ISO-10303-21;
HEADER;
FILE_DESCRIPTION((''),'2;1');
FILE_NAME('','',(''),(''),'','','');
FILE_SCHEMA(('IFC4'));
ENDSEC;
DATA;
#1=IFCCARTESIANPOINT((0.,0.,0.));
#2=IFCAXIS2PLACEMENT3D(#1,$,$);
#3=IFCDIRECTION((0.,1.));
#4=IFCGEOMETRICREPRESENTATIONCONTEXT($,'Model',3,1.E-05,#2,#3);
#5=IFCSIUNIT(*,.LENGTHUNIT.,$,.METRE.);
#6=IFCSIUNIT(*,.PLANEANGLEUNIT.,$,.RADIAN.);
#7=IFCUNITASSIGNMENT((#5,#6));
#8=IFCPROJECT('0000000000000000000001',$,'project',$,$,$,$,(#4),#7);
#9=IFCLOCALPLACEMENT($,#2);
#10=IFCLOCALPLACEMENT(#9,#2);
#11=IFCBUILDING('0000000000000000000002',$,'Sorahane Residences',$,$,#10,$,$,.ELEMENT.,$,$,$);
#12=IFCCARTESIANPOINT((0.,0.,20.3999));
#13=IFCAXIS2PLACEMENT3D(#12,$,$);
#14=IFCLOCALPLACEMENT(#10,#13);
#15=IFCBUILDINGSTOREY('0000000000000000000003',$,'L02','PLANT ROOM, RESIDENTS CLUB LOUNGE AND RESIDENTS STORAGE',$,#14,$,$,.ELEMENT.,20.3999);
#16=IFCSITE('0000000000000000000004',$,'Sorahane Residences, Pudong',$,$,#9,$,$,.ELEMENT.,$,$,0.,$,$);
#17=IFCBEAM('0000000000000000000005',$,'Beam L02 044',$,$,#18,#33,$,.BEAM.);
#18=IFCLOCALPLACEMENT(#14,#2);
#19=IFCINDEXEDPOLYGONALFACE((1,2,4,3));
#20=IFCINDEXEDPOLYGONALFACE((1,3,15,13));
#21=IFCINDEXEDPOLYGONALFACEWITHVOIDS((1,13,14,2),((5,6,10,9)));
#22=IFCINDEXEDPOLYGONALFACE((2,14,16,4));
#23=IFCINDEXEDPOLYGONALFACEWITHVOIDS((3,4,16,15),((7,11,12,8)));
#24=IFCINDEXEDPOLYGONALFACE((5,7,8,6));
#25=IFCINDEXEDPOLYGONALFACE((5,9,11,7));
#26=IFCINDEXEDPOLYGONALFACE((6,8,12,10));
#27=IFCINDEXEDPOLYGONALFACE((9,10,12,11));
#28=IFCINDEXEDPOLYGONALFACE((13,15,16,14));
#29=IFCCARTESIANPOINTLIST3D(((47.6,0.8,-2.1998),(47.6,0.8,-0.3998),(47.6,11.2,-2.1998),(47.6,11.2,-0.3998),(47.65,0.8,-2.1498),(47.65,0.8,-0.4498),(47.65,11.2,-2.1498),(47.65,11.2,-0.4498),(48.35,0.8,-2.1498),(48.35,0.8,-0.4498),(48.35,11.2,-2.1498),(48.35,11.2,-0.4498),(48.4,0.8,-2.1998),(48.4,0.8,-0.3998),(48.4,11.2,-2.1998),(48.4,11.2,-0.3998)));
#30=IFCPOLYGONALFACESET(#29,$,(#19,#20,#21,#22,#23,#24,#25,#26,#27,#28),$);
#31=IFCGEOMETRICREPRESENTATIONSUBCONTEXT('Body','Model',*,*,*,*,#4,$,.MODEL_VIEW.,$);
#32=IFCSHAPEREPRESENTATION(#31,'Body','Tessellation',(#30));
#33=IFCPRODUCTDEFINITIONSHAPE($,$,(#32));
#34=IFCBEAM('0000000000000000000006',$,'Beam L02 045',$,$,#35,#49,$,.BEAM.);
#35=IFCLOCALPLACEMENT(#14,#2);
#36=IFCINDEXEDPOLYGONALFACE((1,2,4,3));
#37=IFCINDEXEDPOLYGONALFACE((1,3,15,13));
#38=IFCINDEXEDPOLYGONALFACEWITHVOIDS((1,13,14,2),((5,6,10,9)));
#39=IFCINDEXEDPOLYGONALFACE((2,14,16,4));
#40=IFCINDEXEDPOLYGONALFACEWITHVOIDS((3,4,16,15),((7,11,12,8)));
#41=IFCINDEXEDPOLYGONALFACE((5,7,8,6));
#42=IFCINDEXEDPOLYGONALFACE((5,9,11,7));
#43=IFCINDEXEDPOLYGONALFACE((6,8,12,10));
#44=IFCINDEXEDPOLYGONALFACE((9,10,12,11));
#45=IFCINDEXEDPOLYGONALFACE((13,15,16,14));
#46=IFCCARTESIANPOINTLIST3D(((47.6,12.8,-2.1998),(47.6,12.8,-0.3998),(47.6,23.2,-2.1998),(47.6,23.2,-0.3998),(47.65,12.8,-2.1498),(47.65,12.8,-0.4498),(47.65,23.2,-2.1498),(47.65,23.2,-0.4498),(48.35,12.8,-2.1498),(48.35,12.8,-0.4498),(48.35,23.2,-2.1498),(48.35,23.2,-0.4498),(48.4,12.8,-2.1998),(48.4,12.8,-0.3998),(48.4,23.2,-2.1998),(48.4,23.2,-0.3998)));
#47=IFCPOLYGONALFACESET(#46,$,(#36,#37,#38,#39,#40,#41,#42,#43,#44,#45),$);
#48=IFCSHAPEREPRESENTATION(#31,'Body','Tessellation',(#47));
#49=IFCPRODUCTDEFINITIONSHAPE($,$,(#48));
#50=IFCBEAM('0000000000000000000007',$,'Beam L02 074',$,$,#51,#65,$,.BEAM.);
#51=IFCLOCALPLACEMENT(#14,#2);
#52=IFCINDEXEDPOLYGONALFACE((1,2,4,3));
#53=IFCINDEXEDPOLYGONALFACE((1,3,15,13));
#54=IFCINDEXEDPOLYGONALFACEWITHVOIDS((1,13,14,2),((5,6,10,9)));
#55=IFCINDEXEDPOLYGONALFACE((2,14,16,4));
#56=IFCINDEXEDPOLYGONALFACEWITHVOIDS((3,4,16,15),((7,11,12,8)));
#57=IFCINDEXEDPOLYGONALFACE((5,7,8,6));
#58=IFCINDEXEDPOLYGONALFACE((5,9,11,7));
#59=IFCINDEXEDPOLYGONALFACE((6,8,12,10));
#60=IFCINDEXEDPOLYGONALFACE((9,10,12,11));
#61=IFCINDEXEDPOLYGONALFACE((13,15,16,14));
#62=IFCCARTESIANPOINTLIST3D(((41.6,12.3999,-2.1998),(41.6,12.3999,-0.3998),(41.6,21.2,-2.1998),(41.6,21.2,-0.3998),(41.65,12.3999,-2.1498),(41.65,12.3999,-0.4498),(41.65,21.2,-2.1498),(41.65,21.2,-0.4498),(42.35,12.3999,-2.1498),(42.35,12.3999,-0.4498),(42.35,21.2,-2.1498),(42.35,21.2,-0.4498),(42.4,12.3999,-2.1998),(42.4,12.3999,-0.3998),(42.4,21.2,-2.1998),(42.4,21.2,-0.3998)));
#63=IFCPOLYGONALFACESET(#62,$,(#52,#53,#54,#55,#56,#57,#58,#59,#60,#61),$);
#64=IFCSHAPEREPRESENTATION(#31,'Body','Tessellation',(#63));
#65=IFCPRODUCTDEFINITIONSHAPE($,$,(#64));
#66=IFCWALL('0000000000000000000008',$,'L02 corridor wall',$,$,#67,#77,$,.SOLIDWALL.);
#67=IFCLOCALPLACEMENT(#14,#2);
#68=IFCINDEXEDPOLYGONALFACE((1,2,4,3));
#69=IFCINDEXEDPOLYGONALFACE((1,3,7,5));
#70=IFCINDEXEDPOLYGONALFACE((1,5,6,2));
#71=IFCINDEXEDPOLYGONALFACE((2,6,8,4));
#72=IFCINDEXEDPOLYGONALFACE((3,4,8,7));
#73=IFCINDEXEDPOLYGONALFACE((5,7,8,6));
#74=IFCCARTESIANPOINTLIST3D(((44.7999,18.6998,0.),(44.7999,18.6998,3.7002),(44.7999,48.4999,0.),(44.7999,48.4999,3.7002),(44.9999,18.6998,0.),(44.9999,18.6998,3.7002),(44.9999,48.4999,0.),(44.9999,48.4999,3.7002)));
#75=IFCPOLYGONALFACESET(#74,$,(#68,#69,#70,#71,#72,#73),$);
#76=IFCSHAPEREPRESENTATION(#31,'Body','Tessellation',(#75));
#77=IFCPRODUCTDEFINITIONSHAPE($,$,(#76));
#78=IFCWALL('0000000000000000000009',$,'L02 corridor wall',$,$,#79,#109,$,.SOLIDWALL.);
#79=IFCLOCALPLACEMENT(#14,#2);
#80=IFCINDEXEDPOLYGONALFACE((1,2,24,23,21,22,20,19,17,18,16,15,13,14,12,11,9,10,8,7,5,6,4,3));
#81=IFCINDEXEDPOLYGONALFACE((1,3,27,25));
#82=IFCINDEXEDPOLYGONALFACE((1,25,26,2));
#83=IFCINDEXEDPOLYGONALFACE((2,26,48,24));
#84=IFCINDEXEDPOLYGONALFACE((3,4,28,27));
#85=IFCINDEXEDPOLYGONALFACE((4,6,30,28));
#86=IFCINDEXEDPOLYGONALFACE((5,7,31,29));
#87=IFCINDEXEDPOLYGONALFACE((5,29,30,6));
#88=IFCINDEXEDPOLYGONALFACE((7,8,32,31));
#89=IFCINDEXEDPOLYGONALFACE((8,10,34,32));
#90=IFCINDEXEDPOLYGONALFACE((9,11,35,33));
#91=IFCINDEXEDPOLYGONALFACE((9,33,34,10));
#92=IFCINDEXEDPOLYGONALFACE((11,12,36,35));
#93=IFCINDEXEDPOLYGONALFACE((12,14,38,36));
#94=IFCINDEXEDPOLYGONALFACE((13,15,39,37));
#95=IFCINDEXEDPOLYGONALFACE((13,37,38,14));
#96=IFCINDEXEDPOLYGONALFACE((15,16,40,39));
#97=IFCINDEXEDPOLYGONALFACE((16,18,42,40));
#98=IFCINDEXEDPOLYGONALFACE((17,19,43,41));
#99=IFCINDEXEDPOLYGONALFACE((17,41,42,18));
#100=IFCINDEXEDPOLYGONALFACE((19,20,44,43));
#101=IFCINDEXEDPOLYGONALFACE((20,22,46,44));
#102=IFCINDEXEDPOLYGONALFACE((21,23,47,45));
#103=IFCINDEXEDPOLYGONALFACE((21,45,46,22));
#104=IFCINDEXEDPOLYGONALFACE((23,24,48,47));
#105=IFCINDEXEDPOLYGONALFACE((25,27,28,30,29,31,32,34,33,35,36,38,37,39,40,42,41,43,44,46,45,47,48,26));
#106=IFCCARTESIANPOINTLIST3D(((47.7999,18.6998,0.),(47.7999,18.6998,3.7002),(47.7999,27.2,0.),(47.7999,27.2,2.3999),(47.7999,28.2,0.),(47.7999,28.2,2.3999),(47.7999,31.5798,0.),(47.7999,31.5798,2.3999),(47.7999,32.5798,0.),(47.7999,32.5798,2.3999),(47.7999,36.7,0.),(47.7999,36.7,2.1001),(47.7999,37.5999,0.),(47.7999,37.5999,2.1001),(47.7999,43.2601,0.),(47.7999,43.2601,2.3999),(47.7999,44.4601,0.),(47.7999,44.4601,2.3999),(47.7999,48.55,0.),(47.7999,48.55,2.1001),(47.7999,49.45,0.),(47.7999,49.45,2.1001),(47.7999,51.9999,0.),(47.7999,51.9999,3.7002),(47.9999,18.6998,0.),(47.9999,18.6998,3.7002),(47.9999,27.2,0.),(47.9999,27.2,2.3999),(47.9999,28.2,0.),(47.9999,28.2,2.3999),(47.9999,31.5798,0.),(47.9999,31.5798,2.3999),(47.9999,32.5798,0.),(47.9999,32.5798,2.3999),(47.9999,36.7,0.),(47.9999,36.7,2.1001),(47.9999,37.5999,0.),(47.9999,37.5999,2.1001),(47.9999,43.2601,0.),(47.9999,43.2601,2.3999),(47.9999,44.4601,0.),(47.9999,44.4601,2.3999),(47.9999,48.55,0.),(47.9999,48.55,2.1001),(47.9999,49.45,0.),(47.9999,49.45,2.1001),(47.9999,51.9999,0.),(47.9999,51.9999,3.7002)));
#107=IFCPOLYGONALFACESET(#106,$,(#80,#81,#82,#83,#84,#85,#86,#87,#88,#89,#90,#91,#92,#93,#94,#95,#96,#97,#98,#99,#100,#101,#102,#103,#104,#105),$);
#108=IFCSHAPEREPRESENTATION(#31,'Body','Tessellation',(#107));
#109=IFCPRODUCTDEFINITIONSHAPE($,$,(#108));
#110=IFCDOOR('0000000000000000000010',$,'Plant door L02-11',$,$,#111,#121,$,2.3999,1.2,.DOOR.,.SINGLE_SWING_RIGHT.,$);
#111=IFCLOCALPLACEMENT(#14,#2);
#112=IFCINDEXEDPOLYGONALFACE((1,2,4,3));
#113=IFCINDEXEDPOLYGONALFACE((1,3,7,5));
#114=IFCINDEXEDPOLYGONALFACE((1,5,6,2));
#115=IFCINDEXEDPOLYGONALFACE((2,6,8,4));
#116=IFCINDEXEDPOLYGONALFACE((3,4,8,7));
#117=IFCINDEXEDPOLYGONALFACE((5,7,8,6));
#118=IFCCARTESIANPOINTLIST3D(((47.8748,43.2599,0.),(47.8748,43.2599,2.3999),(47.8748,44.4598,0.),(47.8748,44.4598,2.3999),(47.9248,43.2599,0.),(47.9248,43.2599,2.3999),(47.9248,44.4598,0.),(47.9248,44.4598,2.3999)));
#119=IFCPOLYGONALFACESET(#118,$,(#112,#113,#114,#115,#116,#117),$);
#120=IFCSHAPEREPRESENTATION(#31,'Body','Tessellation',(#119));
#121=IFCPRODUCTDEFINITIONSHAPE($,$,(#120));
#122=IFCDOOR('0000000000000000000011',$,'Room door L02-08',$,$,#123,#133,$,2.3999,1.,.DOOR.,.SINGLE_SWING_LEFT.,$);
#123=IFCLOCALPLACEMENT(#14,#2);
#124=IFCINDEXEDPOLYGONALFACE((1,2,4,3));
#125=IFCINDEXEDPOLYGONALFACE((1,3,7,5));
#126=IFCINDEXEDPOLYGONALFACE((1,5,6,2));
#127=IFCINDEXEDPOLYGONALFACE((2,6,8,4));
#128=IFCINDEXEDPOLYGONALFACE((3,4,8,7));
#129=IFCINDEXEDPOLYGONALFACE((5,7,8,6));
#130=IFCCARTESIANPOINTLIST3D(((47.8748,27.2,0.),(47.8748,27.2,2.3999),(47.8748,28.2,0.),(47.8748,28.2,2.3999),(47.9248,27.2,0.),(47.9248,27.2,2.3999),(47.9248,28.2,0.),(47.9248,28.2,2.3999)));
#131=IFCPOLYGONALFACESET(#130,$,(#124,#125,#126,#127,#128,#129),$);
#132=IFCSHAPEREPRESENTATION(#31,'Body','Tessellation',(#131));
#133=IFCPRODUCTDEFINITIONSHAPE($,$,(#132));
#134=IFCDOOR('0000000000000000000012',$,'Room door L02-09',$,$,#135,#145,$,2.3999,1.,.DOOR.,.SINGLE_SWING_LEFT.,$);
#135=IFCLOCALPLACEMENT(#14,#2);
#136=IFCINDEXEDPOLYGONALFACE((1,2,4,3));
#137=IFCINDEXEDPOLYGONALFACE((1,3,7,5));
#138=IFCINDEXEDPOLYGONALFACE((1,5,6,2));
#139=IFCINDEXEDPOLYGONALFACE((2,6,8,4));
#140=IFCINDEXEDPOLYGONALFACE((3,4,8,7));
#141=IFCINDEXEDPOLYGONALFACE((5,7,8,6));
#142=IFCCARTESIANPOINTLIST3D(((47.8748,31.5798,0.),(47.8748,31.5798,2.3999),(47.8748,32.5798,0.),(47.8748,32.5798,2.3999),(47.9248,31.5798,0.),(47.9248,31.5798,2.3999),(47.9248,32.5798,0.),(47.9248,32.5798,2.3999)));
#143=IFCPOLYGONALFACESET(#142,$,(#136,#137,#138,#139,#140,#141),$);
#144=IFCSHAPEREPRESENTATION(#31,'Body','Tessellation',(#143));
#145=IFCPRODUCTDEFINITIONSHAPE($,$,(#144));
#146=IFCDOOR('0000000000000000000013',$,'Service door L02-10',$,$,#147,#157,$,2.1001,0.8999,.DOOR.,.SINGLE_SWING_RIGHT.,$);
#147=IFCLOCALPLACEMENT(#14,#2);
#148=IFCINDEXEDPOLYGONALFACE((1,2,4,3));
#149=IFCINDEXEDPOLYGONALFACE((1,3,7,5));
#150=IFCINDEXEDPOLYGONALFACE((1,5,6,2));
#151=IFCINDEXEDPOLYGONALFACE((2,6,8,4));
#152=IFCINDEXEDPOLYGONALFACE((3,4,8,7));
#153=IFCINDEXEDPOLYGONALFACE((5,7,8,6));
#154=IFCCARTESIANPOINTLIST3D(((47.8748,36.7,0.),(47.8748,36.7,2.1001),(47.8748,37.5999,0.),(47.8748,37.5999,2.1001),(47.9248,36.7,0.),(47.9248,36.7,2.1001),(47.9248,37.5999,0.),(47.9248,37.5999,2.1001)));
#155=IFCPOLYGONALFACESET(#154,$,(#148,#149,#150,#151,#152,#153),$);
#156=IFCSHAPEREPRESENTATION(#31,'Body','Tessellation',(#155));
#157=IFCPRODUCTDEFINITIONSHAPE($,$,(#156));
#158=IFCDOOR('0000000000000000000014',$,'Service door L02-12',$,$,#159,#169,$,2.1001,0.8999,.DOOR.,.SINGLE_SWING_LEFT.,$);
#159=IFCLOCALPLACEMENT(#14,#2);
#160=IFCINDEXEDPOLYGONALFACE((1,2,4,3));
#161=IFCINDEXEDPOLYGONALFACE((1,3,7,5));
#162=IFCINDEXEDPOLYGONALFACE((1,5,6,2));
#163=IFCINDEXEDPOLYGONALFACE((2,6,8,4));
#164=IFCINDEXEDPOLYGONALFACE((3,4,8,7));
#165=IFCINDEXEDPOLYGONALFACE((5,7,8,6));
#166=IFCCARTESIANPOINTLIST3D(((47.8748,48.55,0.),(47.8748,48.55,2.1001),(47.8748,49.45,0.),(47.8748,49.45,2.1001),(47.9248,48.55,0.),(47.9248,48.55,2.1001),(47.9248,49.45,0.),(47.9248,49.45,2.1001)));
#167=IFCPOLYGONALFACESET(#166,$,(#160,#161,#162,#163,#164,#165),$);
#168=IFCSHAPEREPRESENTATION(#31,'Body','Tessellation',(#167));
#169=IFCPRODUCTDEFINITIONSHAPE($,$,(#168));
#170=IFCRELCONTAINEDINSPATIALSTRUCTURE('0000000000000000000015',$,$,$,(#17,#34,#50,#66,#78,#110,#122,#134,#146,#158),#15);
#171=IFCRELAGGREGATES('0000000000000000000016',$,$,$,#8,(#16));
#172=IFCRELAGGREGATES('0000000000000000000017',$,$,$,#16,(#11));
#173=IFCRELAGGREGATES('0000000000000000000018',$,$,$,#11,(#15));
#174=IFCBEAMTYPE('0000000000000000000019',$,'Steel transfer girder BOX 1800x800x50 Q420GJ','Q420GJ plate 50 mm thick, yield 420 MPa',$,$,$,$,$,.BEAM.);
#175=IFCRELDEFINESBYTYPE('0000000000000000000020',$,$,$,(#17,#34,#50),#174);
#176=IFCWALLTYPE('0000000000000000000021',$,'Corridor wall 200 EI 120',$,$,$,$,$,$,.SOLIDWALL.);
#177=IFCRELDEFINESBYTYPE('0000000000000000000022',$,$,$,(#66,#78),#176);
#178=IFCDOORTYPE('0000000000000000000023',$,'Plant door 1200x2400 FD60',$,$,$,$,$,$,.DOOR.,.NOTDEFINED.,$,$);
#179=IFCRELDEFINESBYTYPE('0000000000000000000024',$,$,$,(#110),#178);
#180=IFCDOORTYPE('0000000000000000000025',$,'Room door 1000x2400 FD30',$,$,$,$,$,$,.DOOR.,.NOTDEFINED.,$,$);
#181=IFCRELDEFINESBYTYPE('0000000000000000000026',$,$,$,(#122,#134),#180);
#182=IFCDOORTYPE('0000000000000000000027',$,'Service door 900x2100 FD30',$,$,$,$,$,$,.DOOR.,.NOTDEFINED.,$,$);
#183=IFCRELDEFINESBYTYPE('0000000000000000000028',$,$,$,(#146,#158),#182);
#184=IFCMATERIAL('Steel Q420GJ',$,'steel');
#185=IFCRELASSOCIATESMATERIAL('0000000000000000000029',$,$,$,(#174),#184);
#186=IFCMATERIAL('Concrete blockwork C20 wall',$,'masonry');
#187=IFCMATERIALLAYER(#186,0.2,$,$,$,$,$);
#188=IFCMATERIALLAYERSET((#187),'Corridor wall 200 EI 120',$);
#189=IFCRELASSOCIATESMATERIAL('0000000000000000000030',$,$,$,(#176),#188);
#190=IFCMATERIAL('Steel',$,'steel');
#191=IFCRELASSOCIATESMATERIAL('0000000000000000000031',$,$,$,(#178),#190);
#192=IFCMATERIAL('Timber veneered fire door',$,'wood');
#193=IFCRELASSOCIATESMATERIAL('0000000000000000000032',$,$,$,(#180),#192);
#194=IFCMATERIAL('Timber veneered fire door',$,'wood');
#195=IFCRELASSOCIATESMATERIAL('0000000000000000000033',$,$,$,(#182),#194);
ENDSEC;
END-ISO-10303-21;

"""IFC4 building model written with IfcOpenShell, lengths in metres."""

from ifc_helpers import new_model, si_unit, direction, frame, frame_2d, origin, origin_2d, place, context, subcontext, project, spatial, rectangle, hollow_rectangle, extrude, material, layer, layer_set, material_profile, profile_set, type_object, element, fill, save


model = new_model("IFC4")

# Units and contexts
model_context = context("Model", 3, precision=1e-05, world=origin(), true_north=direction((0.0, 1.0)))
body_context = subcontext(model_context, "Body", "Model", "MODEL_VIEW")
ifc_project = project(units=[si_unit("LENGTHUNIT", "METRE"), si_unit("PLANEANGLEUNIT", "RADIAN")], contexts=[model_context])

# Site, building, storey
site_placement = place(None, origin())
site = spatial("IfcSite", under=ifc_project, at=site_placement, Name="Sorahane Residences, Pudong", CompositionType="ELEMENT", RefElevation=0.0)
building_placement = place(site_placement, origin())
building = spatial("IfcBuilding", under=site, at=building_placement, Name="Sorahane Residences", CompositionType="ELEMENT")
storey_placement = place(building_placement, frame((0.0, 0.0, 20.3999)))
storey = spatial("IfcBuildingStorey", under=building, at=storey_placement, Name="L02", Description="PLANT ROOM, RESIDENTS CLUB LOUNGE AND RESIDENTS STORAGE", CompositionType="ELEMENT", Elevation=20.3999)

# Beams
ifc_material_1 = material(Name="Steel Q420GJ", Category="steel")
ifc_material_profile_1 = material_profile(ifc_material_1, hollow_rectangle(XDim=0.8, YDim=1.8, WallThickness=0.05, at=origin_2d()), Name="BOX 1800x800x50")
ifc_profile_set_1 = profile_set([ifc_material_profile_1], Name="Steel Q420GJ")
beam_type_1 = type_object("IfcBeamType", Name="Steel transfer girder BOX 1800x800x50 Q420GJ", Description="Q420GJ plate 50 mm thick, yield 420 MPa", PredefinedType="BEAM", material=ifc_profile_set_1)
for number, where, z_axis, x_axis, name in (
    (1, (48.0, 0.8, -1.2998), (0.0, 1.0, 0.0), (-1.0, 0.0, 0.0), "Beam L02 044"),
    (2, (48.0, 12.8, -1.2998), (0.0, 1.0, 0.0), (-1.0, 0.0, 0.0), "Beam L02 045"),
):
    element("IfcBeam", number, at=place(storey_placement, frame(where, z_axis=z_axis, x_axis=x_axis)), inside=storey, type_object=beam_type_1, Name=name, PredefinedType="BEAM", context=body_context, shape_type="SweptSolid", body=[
        extrude(hollow_rectangle(XDim=0.8, YDim=1.8, WallThickness=0.05, at=origin_2d()), origin(), (0.0, 0.0, 1.0), 10.3999),
    ])
beam_1_placement = place(storey_placement, frame((42.0, 12.3999, -1.2998), z_axis=(0.0, 1.0, 0.0), x_axis=(-1.0, 0.0, 0.0)))
element("IfcBeam", 3, at=beam_1_placement, inside=storey, type_object=beam_type_1, Name="Beam L02 074", PredefinedType="BEAM", context=body_context, shape_type="SweptSolid", body=[
    extrude(hollow_rectangle(XDim=0.8, YDim=1.8, WallThickness=0.05, at=origin_2d()), origin(), (0.0, 0.0, 1.0), 8.8),
])

# Wall
ifc_material_2 = material(Name="Concrete blockwork C20 wall", Category="masonry")
ifc_layer = layer(ifc_material_2, 0.2)
ifc_layer_set = layer_set([ifc_layer], Name="Corridor wall 200 EI 120")
wall_type = type_object("IfcWallType", Name="Corridor wall 200 EI 120", PredefinedType="SOLIDWALL", material=ifc_layer_set)
wall_1_placement = place(storey_placement, frame((44.8999, 18.7, 0.0), z_axis=(0.0, 0.0, 1.0), x_axis=(0.0, 1.0, 0.0)))
element("IfcWall", 4, at=wall_1_placement, inside=storey, type_object=wall_type, Name="L02 corridor wall", PredefinedType="SOLIDWALL", context=body_context, shape_type="SweptSolid", body=[
    extrude(rectangle(XDim=29.8, YDim=0.2, at=frame_2d((14.8999, 0.0))), origin(), (0.0, 0.0, 1.0), 3.7002),
])

# Wall, openings, doors
wall_2_placement = place(storey_placement, frame((47.8999, 18.7, 0.0), z_axis=(0.0, 0.0, 1.0), x_axis=(0.0, 1.0, 0.0)))
wall_2 = element("IfcWall", 5, at=wall_2_placement, inside=storey, type_object=wall_type, Name="L02 corridor wall", PredefinedType="SOLIDWALL", context=body_context, shape_type="SweptSolid", body=[
    extrude(rectangle(XDim=33.3, YDim=0.2, at=frame_2d((16.6499, 0.0))), origin(), (0.0, 0.0, 1.0), 3.7002),
])
opening_1_placement = place(wall_2_placement, frame((8.5, 0.0, 0.0)))
opening_1 = element("IfcOpeningElement", 6, at=opening_1_placement, cuts=wall_2, PredefinedType="OPENING", context=body_context, shape_type="SweptSolid", body=[
    extrude(rectangle(XDim=1.0, YDim=2.3999, at=frame_2d((0.5, 1.2))), frame((0.0, 0.1099, 0.0), z_axis=(0.0, -1.0, 0.0), x_axis=(1.0, 0.0, 0.0)), (0.0, 0.0, 1.0), 0.22),
])
opening_2_placement = place(wall_2_placement, frame((12.8799, 0.0, 0.0)))
opening_2 = element("IfcOpeningElement", 7, at=opening_2_placement, cuts=wall_2, PredefinedType="OPENING", context=body_context, shape_type="SweptSolid", body=[
    extrude(rectangle(XDim=1.0, YDim=2.3999, at=frame_2d((0.5, 1.2))), frame((0.0, 0.1099, 0.0), z_axis=(0.0, -1.0, 0.0), x_axis=(1.0, 0.0, 0.0)), (0.0, 0.0, 1.0), 0.22),
])
opening_3_placement = place(wall_2_placement, frame((18.0, 0.0, 0.0)))
opening_3 = element("IfcOpeningElement", 8, at=opening_3_placement, cuts=wall_2, PredefinedType="OPENING", context=body_context, shape_type="SweptSolid", body=[
    extrude(rectangle(XDim=0.8999, YDim=2.1001, at=frame_2d((0.45, 1.05))), frame((0.0, 0.1099, 0.0), z_axis=(0.0, -1.0, 0.0), x_axis=(1.0, 0.0, 0.0)), (0.0, 0.0, 1.0), 0.22),
])
opening_4_placement = place(wall_2_placement, frame((24.5601, 0.0, 0.0)))
opening_4 = element("IfcOpeningElement", 9, at=opening_4_placement, cuts=wall_2, PredefinedType="OPENING", context=body_context, shape_type="SweptSolid", body=[
    extrude(rectangle(XDim=1.2, YDim=2.3999, at=frame_2d((0.6001, 1.2))), frame((0.0, 0.1099, 0.0), z_axis=(0.0, -1.0, 0.0), x_axis=(1.0, 0.0, 0.0)), (0.0, 0.0, 1.0), 0.22),
])
opening_5_placement = place(wall_2_placement, frame((29.8501, 0.0, 0.0)))
opening_5 = element("IfcOpeningElement", 10, at=opening_5_placement, cuts=wall_2, PredefinedType="OPENING", context=body_context, shape_type="SweptSolid", body=[
    extrude(rectangle(XDim=0.8999, YDim=2.1001, at=frame_2d((0.45, 1.05))), frame((0.0, 0.1099, 0.0), z_axis=(0.0, -1.0, 0.0), x_axis=(1.0, 0.0, 0.0)), (0.0, 0.0, 1.0), 0.22),
])
ifc_material_3 = material(Name="Steel", Category="steel")
door_type_1 = type_object("IfcDoorType", Name="Plant door 1200x2400 FD60", OperationType="NOTDEFINED", PredefinedType="DOOR", material=ifc_material_3)
door_1_placement = place(opening_4_placement, frame((1.2, 0.0, 0.0), z_axis=(0.0, 0.0, 1.0), x_axis=(-1.0, 0.0, 0.0)))
door_1 = element("IfcDoor", 11, at=door_1_placement, inside=storey, type_object=door_type_1, Name="Plant door L02-11", OperationType="SINGLE_SWING_RIGHT", OverallHeight=2.3999, OverallWidth=1.2, PredefinedType="DOOR", context=body_context, shape_type="SweptSolid", body=[
    extrude(rectangle(XDim=1.2, YDim=2.3999, at=frame_2d((0.6001, 1.2))), frame((0.0, 0.0249, 0.0), z_axis=(0.0, -1.0, 0.0), x_axis=(1.0, 0.0, 0.0)), (0.0, 0.0, 1.0), 0.05),
])
fill(opening_4, door_1)
ifc_material_4 = material(Name="Timber veneered fire door", Category="wood")
door_type_2 = type_object("IfcDoorType", Name="Room door 1000x2400 FD30", OperationType="NOTDEFINED", PredefinedType="DOOR", material=ifc_material_4)
door_2_placement = place(opening_1_placement, frame((1.0, 0.0, 0.0), z_axis=(0.0, 0.0, 1.0), x_axis=(-1.0, 0.0, 0.0)))
door_2 = element("IfcDoor", 12, at=door_2_placement, inside=storey, type_object=door_type_2, Name="Room door L02-08", OperationType="SINGLE_SWING_LEFT", OverallHeight=2.3999, OverallWidth=1.0, PredefinedType="DOOR", context=body_context, shape_type="SweptSolid", body=[
    extrude(rectangle(XDim=1.0, YDim=2.3999, at=frame_2d((0.5, 1.2))), frame((0.0, 0.0249, 0.0), z_axis=(0.0, -1.0, 0.0), x_axis=(1.0, 0.0, 0.0)), (0.0, 0.0, 1.0), 0.05),
])
fill(opening_1, door_2)
door_3_placement = place(opening_2_placement, frame((1.0, 0.0, 0.0), z_axis=(0.0, 0.0, 1.0), x_axis=(-1.0, 0.0, 0.0)))
door_3 = element("IfcDoor", 13, at=door_3_placement, inside=storey, type_object=door_type_2, Name="Room door L02-09", OperationType="SINGLE_SWING_LEFT", OverallHeight=2.3999, OverallWidth=1.0, PredefinedType="DOOR", context=body_context, shape_type="SweptSolid", body=[
    extrude(rectangle(XDim=1.0, YDim=2.3999, at=frame_2d((0.5, 1.2))), frame((0.0, 0.0249, 0.0), z_axis=(0.0, -1.0, 0.0), x_axis=(1.0, 0.0, 0.0)), (0.0, 0.0, 1.0), 0.05),
])
fill(opening_2, door_3)
ifc_material_5 = material(Name="Timber veneered fire door", Category="wood")
door_type_3 = type_object("IfcDoorType", Name="Service door 900x2100 FD30", OperationType="NOTDEFINED", PredefinedType="DOOR", material=ifc_material_5)
door_4_placement = place(opening_3_placement, frame((0.8999, 0.0, 0.0), z_axis=(0.0, 0.0, 1.0), x_axis=(-1.0, 0.0, 0.0)))
door_4 = element("IfcDoor", 14, at=door_4_placement, inside=storey, type_object=door_type_3, Name="Service door L02-10", OperationType="SINGLE_SWING_RIGHT", OverallHeight=2.1001, OverallWidth=0.8999, PredefinedType="DOOR", context=body_context, shape_type="SweptSolid", body=[
    extrude(rectangle(XDim=0.8999, YDim=2.1001, at=frame_2d((0.45, 1.05))), frame((0.0, 0.0249, 0.0), z_axis=(0.0, -1.0, 0.0), x_axis=(1.0, 0.0, 0.0)), (0.0, 0.0, 1.0), 0.05),
])
fill(opening_3, door_4)
door_5_placement = place(opening_5_placement, frame((0.8999, 0.0, 0.0), z_axis=(0.0, 0.0, 1.0), x_axis=(-1.0, 0.0, 0.0)))
door_5 = element("IfcDoor", 15, at=door_5_placement, inside=storey, type_object=door_type_3, Name="Service door L02-12", OperationType="SINGLE_SWING_LEFT", OverallHeight=2.1001, OverallWidth=0.8999, PredefinedType="DOOR", context=body_context, shape_type="SweptSolid", body=[
    extrude(rectangle(XDim=0.8999, YDim=2.1001, at=frame_2d((0.45, 1.05))), frame((0.0, 0.0249, 0.0), z_axis=(0.0, -1.0, 0.0), x_axis=(1.0, 0.0, 0.0)), (0.0, 0.0, 1.0), 0.05),
])
fill(opening_5, door_5)

save(model, "model.ifc")
